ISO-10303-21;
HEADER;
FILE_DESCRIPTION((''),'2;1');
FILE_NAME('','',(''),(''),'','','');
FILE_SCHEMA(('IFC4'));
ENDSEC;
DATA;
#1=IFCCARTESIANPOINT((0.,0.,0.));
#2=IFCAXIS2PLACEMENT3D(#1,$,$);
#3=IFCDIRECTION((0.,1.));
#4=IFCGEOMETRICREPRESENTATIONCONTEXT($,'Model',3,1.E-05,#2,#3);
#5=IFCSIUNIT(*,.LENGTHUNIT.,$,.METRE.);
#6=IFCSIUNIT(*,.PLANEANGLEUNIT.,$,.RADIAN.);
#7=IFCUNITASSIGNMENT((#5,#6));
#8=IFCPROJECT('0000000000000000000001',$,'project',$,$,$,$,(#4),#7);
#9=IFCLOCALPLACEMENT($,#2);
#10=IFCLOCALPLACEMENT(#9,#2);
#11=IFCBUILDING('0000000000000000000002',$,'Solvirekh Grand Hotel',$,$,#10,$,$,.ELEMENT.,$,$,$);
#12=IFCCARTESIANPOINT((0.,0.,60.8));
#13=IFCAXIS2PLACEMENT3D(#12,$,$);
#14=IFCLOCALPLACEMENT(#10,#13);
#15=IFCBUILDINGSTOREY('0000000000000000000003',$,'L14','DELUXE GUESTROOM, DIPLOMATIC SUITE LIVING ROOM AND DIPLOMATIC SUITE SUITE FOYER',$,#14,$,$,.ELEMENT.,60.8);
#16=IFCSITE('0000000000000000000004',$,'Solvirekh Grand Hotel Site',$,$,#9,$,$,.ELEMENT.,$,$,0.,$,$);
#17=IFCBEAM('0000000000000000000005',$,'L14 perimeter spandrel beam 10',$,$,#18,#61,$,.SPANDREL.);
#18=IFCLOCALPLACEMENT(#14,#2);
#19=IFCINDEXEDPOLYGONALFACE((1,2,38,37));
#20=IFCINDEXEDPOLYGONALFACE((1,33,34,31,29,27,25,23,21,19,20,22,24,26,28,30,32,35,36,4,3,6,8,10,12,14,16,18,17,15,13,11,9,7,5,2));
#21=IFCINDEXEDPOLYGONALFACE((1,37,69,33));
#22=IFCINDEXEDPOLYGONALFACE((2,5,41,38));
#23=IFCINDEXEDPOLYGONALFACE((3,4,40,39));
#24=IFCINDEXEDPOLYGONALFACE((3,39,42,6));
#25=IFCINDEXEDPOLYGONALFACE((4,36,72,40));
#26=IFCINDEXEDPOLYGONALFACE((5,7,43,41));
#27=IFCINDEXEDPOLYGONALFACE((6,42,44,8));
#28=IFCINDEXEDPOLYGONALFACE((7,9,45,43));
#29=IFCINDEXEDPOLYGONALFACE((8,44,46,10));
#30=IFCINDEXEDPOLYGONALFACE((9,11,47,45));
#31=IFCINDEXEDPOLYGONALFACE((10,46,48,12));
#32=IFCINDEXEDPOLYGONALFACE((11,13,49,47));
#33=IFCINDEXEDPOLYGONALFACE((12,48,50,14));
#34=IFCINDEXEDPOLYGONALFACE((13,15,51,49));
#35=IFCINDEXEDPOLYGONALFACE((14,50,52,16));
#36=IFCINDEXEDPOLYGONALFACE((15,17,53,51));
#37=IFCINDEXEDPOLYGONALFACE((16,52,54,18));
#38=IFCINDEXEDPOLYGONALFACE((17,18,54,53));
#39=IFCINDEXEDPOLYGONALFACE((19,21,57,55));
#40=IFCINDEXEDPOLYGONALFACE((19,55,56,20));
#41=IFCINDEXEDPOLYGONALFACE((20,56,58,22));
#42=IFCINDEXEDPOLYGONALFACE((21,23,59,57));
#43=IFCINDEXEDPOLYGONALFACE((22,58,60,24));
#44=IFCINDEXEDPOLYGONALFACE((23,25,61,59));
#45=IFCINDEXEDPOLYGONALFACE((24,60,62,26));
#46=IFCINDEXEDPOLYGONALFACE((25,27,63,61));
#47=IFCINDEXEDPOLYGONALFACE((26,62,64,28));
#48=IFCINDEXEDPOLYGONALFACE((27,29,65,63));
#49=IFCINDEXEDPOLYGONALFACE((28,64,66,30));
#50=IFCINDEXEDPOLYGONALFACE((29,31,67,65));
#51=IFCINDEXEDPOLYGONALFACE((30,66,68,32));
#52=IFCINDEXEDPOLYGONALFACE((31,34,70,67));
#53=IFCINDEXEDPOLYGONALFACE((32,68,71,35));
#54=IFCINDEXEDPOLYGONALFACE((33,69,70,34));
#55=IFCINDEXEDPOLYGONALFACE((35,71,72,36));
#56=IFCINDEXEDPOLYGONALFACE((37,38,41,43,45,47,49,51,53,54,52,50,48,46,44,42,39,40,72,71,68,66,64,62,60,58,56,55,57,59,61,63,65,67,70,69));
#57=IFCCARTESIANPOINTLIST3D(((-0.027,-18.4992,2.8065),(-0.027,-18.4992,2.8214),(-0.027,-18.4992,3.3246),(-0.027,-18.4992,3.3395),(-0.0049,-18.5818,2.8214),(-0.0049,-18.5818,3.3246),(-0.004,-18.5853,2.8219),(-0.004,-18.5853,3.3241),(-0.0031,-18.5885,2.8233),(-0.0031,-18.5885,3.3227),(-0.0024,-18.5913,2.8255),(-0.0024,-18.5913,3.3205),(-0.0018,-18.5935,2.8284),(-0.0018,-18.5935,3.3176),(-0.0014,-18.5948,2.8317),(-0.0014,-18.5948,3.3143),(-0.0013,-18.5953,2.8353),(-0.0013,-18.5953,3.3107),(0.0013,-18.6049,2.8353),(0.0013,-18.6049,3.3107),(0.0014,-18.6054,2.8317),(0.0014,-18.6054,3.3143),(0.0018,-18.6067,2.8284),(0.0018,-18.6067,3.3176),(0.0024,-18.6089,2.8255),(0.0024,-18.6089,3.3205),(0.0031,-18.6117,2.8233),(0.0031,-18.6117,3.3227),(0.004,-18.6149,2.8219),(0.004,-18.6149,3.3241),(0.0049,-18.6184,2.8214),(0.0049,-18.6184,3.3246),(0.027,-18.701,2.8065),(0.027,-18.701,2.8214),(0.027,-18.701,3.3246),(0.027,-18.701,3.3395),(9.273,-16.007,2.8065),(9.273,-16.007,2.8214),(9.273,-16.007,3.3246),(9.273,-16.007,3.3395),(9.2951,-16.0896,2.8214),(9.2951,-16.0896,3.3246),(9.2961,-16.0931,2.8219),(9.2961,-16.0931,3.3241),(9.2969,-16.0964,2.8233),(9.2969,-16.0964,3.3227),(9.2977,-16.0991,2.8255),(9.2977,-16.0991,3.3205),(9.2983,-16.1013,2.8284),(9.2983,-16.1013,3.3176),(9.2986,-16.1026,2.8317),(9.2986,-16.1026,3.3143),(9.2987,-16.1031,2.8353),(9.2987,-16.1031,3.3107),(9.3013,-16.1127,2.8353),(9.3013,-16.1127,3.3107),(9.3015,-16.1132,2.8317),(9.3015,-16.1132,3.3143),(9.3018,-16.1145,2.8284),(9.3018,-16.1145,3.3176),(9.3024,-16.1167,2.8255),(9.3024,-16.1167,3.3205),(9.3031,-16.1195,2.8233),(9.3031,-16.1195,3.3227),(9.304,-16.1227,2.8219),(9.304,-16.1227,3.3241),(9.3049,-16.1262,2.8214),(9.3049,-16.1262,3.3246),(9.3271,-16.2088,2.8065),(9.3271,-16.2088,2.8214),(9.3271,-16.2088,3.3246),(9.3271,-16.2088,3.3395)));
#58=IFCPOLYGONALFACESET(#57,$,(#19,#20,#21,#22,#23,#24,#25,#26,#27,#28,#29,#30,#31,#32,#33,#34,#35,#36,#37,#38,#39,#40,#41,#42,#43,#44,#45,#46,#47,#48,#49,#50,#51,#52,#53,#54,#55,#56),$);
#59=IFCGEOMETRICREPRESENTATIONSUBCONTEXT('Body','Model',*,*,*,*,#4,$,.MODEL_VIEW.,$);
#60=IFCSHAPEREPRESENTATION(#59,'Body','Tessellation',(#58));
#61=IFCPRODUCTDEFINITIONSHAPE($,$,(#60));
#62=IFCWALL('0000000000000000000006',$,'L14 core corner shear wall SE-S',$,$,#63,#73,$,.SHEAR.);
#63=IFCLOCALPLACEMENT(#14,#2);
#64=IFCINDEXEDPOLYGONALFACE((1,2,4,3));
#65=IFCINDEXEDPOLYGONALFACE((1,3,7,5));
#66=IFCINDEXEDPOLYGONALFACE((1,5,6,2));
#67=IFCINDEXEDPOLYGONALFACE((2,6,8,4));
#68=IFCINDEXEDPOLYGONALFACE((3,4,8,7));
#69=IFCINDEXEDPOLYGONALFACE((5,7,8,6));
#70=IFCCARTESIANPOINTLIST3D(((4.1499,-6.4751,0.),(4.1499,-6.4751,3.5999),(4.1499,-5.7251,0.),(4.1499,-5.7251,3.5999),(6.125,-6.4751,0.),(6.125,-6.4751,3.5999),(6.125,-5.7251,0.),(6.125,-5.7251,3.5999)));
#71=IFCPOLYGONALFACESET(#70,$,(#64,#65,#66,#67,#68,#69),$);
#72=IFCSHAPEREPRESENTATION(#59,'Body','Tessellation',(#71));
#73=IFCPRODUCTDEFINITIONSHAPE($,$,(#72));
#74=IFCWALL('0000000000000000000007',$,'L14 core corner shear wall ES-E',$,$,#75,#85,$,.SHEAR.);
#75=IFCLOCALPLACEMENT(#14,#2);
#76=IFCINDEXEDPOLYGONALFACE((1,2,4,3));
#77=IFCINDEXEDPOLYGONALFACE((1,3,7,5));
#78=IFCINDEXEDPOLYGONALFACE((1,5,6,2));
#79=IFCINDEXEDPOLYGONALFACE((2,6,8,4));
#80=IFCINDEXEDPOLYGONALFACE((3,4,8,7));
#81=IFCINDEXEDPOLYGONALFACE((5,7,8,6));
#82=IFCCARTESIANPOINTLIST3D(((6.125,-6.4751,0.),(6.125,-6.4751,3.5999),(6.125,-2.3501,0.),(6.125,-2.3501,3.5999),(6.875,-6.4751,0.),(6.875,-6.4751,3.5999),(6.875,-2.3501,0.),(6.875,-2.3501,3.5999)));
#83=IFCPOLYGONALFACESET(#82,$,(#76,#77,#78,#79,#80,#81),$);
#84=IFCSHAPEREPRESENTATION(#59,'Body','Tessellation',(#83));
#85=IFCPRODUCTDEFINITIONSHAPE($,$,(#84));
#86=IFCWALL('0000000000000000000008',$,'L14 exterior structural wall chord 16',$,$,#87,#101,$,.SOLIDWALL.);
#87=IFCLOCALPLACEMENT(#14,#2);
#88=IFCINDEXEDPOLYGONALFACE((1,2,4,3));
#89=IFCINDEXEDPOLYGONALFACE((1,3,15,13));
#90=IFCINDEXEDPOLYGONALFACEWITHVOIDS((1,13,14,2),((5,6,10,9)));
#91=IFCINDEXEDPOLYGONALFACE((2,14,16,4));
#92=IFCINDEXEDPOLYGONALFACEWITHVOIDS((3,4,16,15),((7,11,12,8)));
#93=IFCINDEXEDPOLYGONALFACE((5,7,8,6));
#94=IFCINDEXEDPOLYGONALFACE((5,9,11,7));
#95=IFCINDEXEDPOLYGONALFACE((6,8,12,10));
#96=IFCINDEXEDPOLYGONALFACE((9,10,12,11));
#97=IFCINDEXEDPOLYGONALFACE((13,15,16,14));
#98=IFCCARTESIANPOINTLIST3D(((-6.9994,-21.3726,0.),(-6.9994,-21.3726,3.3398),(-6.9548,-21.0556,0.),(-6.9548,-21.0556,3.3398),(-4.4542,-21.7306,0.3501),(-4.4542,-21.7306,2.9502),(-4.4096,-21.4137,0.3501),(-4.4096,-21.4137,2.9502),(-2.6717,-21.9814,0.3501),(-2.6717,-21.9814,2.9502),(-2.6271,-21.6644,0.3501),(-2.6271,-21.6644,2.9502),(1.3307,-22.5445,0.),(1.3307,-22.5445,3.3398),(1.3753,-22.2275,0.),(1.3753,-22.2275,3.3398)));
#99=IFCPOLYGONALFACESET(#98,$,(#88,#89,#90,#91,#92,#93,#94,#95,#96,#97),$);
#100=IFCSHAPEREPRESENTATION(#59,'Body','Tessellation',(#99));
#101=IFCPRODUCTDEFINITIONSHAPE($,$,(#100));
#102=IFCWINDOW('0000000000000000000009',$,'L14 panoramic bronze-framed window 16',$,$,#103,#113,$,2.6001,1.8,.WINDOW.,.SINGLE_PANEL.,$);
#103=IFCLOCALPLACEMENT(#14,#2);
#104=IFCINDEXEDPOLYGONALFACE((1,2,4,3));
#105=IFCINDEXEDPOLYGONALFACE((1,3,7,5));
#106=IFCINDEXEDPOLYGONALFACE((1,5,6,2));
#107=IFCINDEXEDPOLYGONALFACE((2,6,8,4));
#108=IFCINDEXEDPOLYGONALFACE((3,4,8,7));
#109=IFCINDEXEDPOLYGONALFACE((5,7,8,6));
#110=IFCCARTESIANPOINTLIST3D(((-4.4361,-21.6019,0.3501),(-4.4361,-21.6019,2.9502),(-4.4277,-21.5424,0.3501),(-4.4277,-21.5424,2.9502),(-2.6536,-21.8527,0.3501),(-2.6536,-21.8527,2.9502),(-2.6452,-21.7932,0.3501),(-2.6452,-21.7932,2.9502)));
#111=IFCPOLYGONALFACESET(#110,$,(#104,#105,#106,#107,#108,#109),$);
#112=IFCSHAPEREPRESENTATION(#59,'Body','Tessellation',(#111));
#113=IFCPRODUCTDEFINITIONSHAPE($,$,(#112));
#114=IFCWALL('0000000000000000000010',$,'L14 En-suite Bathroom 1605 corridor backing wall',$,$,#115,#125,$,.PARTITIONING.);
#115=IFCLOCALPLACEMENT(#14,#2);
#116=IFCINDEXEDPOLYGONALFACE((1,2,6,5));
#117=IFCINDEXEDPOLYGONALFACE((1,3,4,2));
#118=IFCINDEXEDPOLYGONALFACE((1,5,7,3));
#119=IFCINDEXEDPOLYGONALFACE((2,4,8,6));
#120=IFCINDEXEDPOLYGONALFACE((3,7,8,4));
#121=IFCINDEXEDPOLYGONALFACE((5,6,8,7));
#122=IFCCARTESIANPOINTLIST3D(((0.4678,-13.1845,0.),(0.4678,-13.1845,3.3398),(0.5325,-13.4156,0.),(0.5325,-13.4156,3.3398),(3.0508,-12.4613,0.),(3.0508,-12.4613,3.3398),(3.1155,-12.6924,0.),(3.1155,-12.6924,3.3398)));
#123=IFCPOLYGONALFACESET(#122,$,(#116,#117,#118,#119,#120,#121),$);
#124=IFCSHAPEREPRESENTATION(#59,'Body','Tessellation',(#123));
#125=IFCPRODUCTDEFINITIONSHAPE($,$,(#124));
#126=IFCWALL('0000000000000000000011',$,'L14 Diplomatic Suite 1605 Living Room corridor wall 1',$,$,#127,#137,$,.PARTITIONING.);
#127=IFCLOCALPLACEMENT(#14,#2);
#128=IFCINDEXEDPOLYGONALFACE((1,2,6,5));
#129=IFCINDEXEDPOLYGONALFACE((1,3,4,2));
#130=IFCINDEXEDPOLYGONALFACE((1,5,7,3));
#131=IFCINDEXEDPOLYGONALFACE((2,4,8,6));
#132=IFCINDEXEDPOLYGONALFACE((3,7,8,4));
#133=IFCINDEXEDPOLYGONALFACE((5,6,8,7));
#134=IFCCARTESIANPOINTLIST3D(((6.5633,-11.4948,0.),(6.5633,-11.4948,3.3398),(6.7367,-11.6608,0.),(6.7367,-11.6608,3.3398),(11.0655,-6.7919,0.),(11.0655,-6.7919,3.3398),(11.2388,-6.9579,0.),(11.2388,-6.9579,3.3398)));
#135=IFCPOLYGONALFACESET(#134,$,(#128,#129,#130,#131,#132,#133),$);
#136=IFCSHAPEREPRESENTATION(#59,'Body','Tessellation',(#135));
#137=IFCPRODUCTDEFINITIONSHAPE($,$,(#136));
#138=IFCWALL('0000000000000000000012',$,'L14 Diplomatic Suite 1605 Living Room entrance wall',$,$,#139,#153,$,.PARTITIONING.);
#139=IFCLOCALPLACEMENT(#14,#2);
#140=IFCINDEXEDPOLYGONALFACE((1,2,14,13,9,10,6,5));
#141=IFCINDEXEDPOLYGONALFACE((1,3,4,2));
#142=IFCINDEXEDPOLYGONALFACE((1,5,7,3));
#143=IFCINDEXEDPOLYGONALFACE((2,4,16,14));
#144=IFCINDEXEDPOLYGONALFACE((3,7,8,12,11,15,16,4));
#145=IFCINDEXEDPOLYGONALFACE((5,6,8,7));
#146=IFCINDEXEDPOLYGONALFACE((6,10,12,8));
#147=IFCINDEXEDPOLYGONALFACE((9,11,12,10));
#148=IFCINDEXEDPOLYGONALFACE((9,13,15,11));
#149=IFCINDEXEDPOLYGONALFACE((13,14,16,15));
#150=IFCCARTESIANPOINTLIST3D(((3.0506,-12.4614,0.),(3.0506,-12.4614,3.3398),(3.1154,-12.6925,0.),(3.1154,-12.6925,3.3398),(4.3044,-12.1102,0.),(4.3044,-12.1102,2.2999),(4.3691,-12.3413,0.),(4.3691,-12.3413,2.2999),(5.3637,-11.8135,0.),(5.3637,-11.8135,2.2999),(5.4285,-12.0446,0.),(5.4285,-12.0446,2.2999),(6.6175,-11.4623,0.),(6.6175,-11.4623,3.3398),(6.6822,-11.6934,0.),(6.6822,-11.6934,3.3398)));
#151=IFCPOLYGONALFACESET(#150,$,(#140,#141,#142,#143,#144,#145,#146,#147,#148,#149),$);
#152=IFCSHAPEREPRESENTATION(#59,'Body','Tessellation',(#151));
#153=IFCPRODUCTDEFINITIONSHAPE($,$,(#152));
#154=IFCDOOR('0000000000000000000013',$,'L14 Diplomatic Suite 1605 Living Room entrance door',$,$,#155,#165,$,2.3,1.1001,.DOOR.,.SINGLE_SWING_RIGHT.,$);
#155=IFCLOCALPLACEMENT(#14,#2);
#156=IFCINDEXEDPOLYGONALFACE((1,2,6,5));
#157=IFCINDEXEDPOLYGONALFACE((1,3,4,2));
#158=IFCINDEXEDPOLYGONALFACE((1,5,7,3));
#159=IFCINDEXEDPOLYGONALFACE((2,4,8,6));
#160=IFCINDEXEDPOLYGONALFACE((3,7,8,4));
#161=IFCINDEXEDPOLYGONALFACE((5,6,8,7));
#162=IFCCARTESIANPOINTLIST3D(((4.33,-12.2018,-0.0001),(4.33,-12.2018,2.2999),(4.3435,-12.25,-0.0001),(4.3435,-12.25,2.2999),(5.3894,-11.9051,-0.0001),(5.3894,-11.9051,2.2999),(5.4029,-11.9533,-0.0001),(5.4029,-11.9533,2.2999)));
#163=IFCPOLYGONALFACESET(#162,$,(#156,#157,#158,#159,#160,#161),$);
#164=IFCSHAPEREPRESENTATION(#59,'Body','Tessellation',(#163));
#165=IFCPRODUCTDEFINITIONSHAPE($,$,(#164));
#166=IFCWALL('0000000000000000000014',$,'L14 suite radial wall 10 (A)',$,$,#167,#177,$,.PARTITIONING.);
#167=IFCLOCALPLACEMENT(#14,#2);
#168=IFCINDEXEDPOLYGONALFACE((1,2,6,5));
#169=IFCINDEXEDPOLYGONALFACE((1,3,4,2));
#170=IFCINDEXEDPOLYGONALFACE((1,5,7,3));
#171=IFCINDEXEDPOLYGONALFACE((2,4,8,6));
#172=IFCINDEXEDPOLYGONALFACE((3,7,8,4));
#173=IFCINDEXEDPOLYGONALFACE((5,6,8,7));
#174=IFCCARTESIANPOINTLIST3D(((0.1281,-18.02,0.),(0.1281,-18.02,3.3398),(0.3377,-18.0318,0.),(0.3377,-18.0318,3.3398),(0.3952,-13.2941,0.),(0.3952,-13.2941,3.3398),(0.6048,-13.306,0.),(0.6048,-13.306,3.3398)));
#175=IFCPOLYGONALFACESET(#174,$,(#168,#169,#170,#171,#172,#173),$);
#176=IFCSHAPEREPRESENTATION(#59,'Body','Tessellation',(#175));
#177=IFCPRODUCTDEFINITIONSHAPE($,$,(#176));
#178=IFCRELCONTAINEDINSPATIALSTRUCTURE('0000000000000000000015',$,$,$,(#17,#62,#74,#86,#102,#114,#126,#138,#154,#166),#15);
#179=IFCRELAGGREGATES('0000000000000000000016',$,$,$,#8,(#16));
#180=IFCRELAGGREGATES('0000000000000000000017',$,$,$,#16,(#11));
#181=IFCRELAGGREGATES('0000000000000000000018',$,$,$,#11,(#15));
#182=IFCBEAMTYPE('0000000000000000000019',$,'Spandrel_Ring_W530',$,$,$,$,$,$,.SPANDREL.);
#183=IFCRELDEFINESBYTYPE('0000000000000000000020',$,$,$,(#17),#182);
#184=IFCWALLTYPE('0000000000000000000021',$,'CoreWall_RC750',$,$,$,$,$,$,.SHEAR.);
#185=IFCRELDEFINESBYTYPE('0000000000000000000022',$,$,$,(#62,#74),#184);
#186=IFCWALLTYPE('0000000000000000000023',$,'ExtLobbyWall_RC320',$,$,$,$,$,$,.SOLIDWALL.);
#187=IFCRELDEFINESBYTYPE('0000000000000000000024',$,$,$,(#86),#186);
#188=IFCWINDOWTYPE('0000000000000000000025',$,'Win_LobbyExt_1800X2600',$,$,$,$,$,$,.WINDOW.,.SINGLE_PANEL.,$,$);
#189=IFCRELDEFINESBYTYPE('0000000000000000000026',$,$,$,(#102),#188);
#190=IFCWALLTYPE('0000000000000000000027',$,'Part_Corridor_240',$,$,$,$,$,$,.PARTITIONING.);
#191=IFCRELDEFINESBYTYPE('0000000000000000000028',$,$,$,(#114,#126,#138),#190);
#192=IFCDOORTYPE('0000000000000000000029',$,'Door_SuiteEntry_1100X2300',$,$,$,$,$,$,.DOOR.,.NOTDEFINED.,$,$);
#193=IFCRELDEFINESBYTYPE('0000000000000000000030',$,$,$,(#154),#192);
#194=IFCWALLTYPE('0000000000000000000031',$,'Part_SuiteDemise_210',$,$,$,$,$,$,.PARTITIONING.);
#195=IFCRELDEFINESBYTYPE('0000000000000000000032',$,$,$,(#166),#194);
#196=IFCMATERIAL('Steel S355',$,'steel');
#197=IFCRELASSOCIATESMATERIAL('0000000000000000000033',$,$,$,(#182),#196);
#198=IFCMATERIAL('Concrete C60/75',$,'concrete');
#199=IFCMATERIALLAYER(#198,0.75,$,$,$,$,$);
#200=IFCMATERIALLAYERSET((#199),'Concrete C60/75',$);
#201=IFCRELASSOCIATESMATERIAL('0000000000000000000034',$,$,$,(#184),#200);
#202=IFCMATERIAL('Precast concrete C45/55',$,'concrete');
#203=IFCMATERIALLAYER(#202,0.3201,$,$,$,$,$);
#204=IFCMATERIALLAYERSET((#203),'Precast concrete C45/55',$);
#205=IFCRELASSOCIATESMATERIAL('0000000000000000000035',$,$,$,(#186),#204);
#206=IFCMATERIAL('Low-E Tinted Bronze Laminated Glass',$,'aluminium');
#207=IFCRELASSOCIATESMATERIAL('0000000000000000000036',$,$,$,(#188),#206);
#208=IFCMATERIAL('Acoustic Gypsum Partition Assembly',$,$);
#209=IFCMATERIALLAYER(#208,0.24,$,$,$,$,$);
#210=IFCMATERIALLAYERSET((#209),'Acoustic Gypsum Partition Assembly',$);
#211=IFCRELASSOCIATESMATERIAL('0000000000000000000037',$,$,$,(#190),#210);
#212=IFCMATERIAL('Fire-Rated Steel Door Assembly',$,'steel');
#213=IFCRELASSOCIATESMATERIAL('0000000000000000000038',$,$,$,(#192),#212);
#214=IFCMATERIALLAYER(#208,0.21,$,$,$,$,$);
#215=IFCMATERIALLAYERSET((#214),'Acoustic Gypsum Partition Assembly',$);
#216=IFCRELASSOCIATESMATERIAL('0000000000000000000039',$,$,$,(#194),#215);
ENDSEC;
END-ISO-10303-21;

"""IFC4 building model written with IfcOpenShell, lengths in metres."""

from ifc_helpers import new_model, si_unit, direction, frame, frame_2d, origin, origin_2d, place, context, subcontext, project, spatial, rectangle, i_section, extrude, material, layer, layer_set, material_profile, profile_set, type_object, element, fill, save


model = new_model("IFC4")

# Units and contexts
model_context = context("Model", 3, precision=1e-05, world=origin(), true_north=direction((0.0, 1.0)))
body_context = subcontext(model_context, "Body", "Model", "MODEL_VIEW")
ifc_project = project(units=[si_unit("LENGTHUNIT", "METRE"), si_unit("PLANEANGLEUNIT", "RADIAN")], contexts=[model_context])

# Site, building, storey
site_placement = place(None, origin())
site = spatial("IfcSite", under=ifc_project, at=site_placement, Name="Solvirekh Grand Hotel Site", CompositionType="ELEMENT", RefElevation=0.0)
building_placement = place(site_placement, origin())
building = spatial("IfcBuilding", under=site, at=building_placement, Name="Solvirekh Grand Hotel", CompositionType="ELEMENT")
storey_placement = place(building_placement, frame((0.0, 0.0, 60.8)))
storey = spatial("IfcBuildingStorey", under=building, at=storey_placement, Name="L14", Description="DELUXE GUESTROOM, DIPLOMATIC SUITE LIVING ROOM AND DIPLOMATIC SUITE SUITE FOYER", CompositionType="ELEMENT", Elevation=60.8)

# Shared definitions
ifc_material_1 = material(Name="Concrete C60/75", Category="concrete")

# Beam
ifc_material_2 = material(Name="Steel S355", Category="steel")
ifc_material_profile_1 = material_profile(ifc_material_2, i_section(OverallWidth=0.209, OverallDepth=0.533, WebThickness=0.01, FlangeThickness=0.0149, FilletRadius=0.0139, at=origin_2d()), Name="W530X92")
ifc_profile_set_1 = profile_set([ifc_material_profile_1], Name="Steel S355")
beam_type_1 = type_object("IfcBeamType", Name="Spandrel_Ring_W530", PredefinedType="SPANDREL", material=ifc_profile_set_1)
beam_1_placement = place(storey_placement, frame((0.0, -18.6001, 3.073), z_axis=(0.965919, 0.258843, 0.0), x_axis=(-0.258843, 0.965919, 0.0)))
element("IfcBeam", 1, at=beam_1_placement, inside=storey, type_object=beam_type_1, Name="L14 perimeter spandrel beam 10", PredefinedType="SPANDREL", context=body_context, shape_type="SweptSolid", body=[
    extrude(i_section(OverallWidth=0.209, OverallDepth=0.533, WebThickness=0.01, FlangeThickness=0.0149, FilletRadius=0.0139, at=origin_2d()), origin(), (0.0, 0.0, 1.0), 9.6282),
])

# Walls
ifc_layer_1 = layer(ifc_material_1, 0.75)
ifc_layer_set_1 = layer_set([ifc_layer_1], Name="Concrete C60/75")
wall_type_1 = type_object("IfcWallType", Name="CoreWall_RC750", PredefinedType="SHEAR", material=ifc_layer_set_1)
wall_1_placement = place(storey_placement, frame((4.1499, -6.1001, 0.0), z_axis=(0.0, 0.0, 1.0), x_axis=(1.0, 0.0, 0.0)))
element("IfcWall", 2, at=wall_1_placement, inside=storey, type_object=wall_type_1, Name="L14 core corner shear wall SE-S", PredefinedType="SHEAR", context=body_context, shape_type="SweptSolid", body=[
    extrude(rectangle(XDim=1.9751, YDim=0.75, at=frame_2d((0.9875, 0.0))), origin(), (0.0, 0.0, 1.0), 3.5999),
])
wall_2_placement = place(storey_placement, frame((6.5, -6.4751, 0.0), z_axis=(0.0, 0.0, 1.0), x_axis=(0.0, 1.0, 0.0)))
element("IfcWall", 3, at=wall_2_placement, inside=storey, type_object=wall_type_1, Name="L14 core corner shear wall ES-E", PredefinedType="SHEAR", context=body_context, shape_type="SweptSolid", body=[
    extrude(rectangle(XDim=4.125, YDim=0.75, at=frame_2d((2.0625, 0.0))), origin(), (0.0, 0.0, 1.0), 3.5999),
])

# Wall, opening, window
ifc_material_3 = material(Name="Precast concrete C45/55", Category="concrete")
ifc_layer_2 = layer(ifc_material_3, 0.3201)
ifc_layer_set_2 = layer_set([ifc_layer_2], Name="Precast concrete C45/55")
wall_type_2 = type_object("IfcWallType", Name="ExtLobbyWall_RC320", PredefinedType="SOLIDWALL", material=ifc_layer_set_2)
wall_3_placement = place(storey_placement, frame((1.353, -22.386, 0.0), z_axis=(0.0, 0.0, 1.0), x_axis=(-0.990249, 0.139308, 0.0)))
wall_3 = element("IfcWall", 4, at=wall_3_placement, inside=storey, type_object=wall_type_2, Name="L14 exterior structural wall chord 16", PredefinedType="SOLIDWALL", context=body_context, shape_type="SweptSolid", body=[
    extrude(rectangle(XDim=8.4121, YDim=0.3201, at=frame_2d((4.2061, 0.0))), origin(), (0.0, 0.0, 1.0), 3.3398),
])
opening_1_placement = place(wall_3_placement, frame((4.042, 0.0, 0.3501)))
opening_1 = element("IfcOpeningElement", 5, at=opening_1_placement, cuts=wall_3, PredefinedType="OPENING", context=body_context, shape_type="SweptSolid", body=[
    extrude(rectangle(XDim=1.8, YDim=2.6001, at=frame_2d((0.8999, 1.3))), frame((0.0, 0.1699, 0.0), z_axis=(0.0, -1.0, 0.0), x_axis=(1.0, 0.0, 0.0)), (0.0, 0.0, 1.0), 0.3401),
])
ifc_material_4 = material(Name="Low-E Tinted Bronze Laminated Glass", Category="aluminium")
window_type = type_object("IfcWindowType", Name="Win_LobbyExt_1800X2600", PartitioningType="SINGLE_PANEL", PredefinedType="WINDOW", material=ifc_material_4)
window_placement = place(opening_1_placement, origin())
window = element("IfcWindow", 6, at=window_placement, inside=storey, type_object=window_type, Name="L14 panoramic bronze-framed window 16", OverallHeight=2.6001, OverallWidth=1.8, PartitioningType="SINGLE_PANEL", PredefinedType="WINDOW", context=body_context, shape_type="SweptSolid", body=[
    extrude(rectangle(XDim=1.8, YDim=2.6001, at=frame_2d((0.8999, 1.3))), frame((0.0, 0.03, 0.0), z_axis=(0.0, -1.0, 0.0), x_axis=(1.0, 0.0, 0.0)), (0.0, 0.0, 1.0), 0.0601),
])
fill(opening_1, window)

# Walls
ifc_material_5 = material(Name="Acoustic Gypsum Partition Assembly")
ifc_layer_3 = layer(ifc_material_5, 0.24)
ifc_layer_set_3 = layer_set([ifc_layer_3], Name="Acoustic Gypsum Partition Assembly")
wall_type_3 = type_object("IfcWallType", Name="Part_Corridor_240", PredefinedType="PARTITIONING", material=ifc_layer_set_3)
wall_4_placement = place(storey_placement, frame((0.5, -13.3, 0.0), z_axis=(0.0, 0.0, 1.0), x_axis=(0.962973, 0.269596, 0.0)))
element("IfcWall", 7, at=wall_4_placement, inside=storey, type_object=wall_type_3, Name="L14 En-suite Bathroom 1605 corridor backing wall", PredefinedType="PARTITIONING", context=body_context, shape_type="SweptSolid", body=[
    extrude(rectangle(XDim=2.6824, YDim=0.24, at=frame_2d((1.3413, 0.0))), origin(), (0.0, 0.0, 1.0), 3.3398),
])
wall_5_placement = place(storey_placement, frame((6.6499, -11.5779, 0.0), z_axis=(0.0, 0.0, 1.0), x_axis=(0.691527, 0.722351, 0.0)))
element("IfcWall", 8, at=wall_5_placement, inside=storey, type_object=wall_type_3, Name="L14 Diplomatic Suite 1605 Living Room corridor wall 1", PredefinedType="PARTITIONING", context=body_context, shape_type="SweptSolid", body=[
    extrude(rectangle(XDim=6.5105, YDim=0.24, at=frame_2d((3.2554, 0.0))), origin(), (0.0, 0.0, 1.0), 3.3398),
])

# Wall, opening, door
wall_6_placement = place(storey_placement, frame((3.083, -12.5769, 0.0), z_axis=(0.0, 0.0, 1.0), x_axis=(0.962943, 0.269703, 0.0)))
wall_6 = element("IfcWall", 9, at=wall_6_placement, inside=storey, type_object=wall_type_3, Name="L14 Diplomatic Suite 1605 Living Room entrance wall", PredefinedType="PARTITIONING", context=body_context, shape_type="SweptSolid", body=[
    extrude(rectangle(XDim=3.7041, YDim=0.24, at=frame_2d((1.8521, 0.0))), origin(), (0.0, 0.0, 1.0), 3.3398),
])
opening_2_placement = place(wall_6_placement, frame((1.302, 0.0, 0.0)))
opening_2 = element("IfcOpeningElement", 10, at=opening_2_placement, cuts=wall_6, PredefinedType="OPENING", context=body_context, shape_type="SweptSolid", body=[
    extrude(rectangle(XDim=1.1001, YDim=2.3, at=frame_2d((0.55, 1.1499))), frame((0.0, 0.1299, 0.0), z_axis=(0.0, -1.0, 0.0), x_axis=(1.0, 0.0, 0.0)), (0.0, 0.0, 1.0), 0.26),
])
ifc_material_6 = material(Name="Fire-Rated Steel Door Assembly", Category="steel")
door_type_1 = type_object("IfcDoorType", Name="Door_SuiteEntry_1100X2300", OperationType="NOTDEFINED", PredefinedType="DOOR", material=ifc_material_6)
door_1_placement = place(opening_2_placement, origin())
door_1 = element("IfcDoor", 11, at=door_1_placement, inside=storey, type_object=door_type_1, Name="L14 Diplomatic Suite 1605 Living Room entrance door", OperationType="SINGLE_SWING_RIGHT", OverallHeight=2.3, OverallWidth=1.1001, PredefinedType="DOOR", context=body_context, shape_type="SweptSolid", body=[
    extrude(rectangle(XDim=1.1001, YDim=2.3, at=frame_2d((0.55, 1.1499))), frame((0.0, 0.0249, 0.0), z_axis=(0.0, -1.0, 0.0), x_axis=(1.0, 0.0, 0.0)), (0.0, 0.0, 1.0), 0.05),
])
fill(opening_2, door_1)

# Wall
ifc_layer_4 = layer(ifc_material_5, 0.21)
ifc_layer_set_4 = layer_set([ifc_layer_4], Name="Acoustic Gypsum Partition Assembly")
wall_type_4 = type_object("IfcWallType", Name="Part_SuiteDemise_210", PredefinedType="PARTITIONING", material=ifc_layer_set_4)
wall_7_placement = place(storey_placement, frame((0.5, -13.3, 0.0), z_axis=(0.0, 0.0, 1.0), x_axis=(-0.056427, -0.998407, 0.0)))
element("IfcWall", 12, at=wall_7_placement, inside=storey, type_object=wall_type_4, Name="L14 suite radial wall 10 (A)", PredefinedType="PARTITIONING", context=body_context, shape_type="SweptSolid", body=[
    extrude(rectangle(XDim=4.7334, YDim=0.21, at=frame_2d((2.3667, 0.0))), origin(), (0.0, 0.0, 1.0), 3.3398),
])

save(model, "model.ifc")
